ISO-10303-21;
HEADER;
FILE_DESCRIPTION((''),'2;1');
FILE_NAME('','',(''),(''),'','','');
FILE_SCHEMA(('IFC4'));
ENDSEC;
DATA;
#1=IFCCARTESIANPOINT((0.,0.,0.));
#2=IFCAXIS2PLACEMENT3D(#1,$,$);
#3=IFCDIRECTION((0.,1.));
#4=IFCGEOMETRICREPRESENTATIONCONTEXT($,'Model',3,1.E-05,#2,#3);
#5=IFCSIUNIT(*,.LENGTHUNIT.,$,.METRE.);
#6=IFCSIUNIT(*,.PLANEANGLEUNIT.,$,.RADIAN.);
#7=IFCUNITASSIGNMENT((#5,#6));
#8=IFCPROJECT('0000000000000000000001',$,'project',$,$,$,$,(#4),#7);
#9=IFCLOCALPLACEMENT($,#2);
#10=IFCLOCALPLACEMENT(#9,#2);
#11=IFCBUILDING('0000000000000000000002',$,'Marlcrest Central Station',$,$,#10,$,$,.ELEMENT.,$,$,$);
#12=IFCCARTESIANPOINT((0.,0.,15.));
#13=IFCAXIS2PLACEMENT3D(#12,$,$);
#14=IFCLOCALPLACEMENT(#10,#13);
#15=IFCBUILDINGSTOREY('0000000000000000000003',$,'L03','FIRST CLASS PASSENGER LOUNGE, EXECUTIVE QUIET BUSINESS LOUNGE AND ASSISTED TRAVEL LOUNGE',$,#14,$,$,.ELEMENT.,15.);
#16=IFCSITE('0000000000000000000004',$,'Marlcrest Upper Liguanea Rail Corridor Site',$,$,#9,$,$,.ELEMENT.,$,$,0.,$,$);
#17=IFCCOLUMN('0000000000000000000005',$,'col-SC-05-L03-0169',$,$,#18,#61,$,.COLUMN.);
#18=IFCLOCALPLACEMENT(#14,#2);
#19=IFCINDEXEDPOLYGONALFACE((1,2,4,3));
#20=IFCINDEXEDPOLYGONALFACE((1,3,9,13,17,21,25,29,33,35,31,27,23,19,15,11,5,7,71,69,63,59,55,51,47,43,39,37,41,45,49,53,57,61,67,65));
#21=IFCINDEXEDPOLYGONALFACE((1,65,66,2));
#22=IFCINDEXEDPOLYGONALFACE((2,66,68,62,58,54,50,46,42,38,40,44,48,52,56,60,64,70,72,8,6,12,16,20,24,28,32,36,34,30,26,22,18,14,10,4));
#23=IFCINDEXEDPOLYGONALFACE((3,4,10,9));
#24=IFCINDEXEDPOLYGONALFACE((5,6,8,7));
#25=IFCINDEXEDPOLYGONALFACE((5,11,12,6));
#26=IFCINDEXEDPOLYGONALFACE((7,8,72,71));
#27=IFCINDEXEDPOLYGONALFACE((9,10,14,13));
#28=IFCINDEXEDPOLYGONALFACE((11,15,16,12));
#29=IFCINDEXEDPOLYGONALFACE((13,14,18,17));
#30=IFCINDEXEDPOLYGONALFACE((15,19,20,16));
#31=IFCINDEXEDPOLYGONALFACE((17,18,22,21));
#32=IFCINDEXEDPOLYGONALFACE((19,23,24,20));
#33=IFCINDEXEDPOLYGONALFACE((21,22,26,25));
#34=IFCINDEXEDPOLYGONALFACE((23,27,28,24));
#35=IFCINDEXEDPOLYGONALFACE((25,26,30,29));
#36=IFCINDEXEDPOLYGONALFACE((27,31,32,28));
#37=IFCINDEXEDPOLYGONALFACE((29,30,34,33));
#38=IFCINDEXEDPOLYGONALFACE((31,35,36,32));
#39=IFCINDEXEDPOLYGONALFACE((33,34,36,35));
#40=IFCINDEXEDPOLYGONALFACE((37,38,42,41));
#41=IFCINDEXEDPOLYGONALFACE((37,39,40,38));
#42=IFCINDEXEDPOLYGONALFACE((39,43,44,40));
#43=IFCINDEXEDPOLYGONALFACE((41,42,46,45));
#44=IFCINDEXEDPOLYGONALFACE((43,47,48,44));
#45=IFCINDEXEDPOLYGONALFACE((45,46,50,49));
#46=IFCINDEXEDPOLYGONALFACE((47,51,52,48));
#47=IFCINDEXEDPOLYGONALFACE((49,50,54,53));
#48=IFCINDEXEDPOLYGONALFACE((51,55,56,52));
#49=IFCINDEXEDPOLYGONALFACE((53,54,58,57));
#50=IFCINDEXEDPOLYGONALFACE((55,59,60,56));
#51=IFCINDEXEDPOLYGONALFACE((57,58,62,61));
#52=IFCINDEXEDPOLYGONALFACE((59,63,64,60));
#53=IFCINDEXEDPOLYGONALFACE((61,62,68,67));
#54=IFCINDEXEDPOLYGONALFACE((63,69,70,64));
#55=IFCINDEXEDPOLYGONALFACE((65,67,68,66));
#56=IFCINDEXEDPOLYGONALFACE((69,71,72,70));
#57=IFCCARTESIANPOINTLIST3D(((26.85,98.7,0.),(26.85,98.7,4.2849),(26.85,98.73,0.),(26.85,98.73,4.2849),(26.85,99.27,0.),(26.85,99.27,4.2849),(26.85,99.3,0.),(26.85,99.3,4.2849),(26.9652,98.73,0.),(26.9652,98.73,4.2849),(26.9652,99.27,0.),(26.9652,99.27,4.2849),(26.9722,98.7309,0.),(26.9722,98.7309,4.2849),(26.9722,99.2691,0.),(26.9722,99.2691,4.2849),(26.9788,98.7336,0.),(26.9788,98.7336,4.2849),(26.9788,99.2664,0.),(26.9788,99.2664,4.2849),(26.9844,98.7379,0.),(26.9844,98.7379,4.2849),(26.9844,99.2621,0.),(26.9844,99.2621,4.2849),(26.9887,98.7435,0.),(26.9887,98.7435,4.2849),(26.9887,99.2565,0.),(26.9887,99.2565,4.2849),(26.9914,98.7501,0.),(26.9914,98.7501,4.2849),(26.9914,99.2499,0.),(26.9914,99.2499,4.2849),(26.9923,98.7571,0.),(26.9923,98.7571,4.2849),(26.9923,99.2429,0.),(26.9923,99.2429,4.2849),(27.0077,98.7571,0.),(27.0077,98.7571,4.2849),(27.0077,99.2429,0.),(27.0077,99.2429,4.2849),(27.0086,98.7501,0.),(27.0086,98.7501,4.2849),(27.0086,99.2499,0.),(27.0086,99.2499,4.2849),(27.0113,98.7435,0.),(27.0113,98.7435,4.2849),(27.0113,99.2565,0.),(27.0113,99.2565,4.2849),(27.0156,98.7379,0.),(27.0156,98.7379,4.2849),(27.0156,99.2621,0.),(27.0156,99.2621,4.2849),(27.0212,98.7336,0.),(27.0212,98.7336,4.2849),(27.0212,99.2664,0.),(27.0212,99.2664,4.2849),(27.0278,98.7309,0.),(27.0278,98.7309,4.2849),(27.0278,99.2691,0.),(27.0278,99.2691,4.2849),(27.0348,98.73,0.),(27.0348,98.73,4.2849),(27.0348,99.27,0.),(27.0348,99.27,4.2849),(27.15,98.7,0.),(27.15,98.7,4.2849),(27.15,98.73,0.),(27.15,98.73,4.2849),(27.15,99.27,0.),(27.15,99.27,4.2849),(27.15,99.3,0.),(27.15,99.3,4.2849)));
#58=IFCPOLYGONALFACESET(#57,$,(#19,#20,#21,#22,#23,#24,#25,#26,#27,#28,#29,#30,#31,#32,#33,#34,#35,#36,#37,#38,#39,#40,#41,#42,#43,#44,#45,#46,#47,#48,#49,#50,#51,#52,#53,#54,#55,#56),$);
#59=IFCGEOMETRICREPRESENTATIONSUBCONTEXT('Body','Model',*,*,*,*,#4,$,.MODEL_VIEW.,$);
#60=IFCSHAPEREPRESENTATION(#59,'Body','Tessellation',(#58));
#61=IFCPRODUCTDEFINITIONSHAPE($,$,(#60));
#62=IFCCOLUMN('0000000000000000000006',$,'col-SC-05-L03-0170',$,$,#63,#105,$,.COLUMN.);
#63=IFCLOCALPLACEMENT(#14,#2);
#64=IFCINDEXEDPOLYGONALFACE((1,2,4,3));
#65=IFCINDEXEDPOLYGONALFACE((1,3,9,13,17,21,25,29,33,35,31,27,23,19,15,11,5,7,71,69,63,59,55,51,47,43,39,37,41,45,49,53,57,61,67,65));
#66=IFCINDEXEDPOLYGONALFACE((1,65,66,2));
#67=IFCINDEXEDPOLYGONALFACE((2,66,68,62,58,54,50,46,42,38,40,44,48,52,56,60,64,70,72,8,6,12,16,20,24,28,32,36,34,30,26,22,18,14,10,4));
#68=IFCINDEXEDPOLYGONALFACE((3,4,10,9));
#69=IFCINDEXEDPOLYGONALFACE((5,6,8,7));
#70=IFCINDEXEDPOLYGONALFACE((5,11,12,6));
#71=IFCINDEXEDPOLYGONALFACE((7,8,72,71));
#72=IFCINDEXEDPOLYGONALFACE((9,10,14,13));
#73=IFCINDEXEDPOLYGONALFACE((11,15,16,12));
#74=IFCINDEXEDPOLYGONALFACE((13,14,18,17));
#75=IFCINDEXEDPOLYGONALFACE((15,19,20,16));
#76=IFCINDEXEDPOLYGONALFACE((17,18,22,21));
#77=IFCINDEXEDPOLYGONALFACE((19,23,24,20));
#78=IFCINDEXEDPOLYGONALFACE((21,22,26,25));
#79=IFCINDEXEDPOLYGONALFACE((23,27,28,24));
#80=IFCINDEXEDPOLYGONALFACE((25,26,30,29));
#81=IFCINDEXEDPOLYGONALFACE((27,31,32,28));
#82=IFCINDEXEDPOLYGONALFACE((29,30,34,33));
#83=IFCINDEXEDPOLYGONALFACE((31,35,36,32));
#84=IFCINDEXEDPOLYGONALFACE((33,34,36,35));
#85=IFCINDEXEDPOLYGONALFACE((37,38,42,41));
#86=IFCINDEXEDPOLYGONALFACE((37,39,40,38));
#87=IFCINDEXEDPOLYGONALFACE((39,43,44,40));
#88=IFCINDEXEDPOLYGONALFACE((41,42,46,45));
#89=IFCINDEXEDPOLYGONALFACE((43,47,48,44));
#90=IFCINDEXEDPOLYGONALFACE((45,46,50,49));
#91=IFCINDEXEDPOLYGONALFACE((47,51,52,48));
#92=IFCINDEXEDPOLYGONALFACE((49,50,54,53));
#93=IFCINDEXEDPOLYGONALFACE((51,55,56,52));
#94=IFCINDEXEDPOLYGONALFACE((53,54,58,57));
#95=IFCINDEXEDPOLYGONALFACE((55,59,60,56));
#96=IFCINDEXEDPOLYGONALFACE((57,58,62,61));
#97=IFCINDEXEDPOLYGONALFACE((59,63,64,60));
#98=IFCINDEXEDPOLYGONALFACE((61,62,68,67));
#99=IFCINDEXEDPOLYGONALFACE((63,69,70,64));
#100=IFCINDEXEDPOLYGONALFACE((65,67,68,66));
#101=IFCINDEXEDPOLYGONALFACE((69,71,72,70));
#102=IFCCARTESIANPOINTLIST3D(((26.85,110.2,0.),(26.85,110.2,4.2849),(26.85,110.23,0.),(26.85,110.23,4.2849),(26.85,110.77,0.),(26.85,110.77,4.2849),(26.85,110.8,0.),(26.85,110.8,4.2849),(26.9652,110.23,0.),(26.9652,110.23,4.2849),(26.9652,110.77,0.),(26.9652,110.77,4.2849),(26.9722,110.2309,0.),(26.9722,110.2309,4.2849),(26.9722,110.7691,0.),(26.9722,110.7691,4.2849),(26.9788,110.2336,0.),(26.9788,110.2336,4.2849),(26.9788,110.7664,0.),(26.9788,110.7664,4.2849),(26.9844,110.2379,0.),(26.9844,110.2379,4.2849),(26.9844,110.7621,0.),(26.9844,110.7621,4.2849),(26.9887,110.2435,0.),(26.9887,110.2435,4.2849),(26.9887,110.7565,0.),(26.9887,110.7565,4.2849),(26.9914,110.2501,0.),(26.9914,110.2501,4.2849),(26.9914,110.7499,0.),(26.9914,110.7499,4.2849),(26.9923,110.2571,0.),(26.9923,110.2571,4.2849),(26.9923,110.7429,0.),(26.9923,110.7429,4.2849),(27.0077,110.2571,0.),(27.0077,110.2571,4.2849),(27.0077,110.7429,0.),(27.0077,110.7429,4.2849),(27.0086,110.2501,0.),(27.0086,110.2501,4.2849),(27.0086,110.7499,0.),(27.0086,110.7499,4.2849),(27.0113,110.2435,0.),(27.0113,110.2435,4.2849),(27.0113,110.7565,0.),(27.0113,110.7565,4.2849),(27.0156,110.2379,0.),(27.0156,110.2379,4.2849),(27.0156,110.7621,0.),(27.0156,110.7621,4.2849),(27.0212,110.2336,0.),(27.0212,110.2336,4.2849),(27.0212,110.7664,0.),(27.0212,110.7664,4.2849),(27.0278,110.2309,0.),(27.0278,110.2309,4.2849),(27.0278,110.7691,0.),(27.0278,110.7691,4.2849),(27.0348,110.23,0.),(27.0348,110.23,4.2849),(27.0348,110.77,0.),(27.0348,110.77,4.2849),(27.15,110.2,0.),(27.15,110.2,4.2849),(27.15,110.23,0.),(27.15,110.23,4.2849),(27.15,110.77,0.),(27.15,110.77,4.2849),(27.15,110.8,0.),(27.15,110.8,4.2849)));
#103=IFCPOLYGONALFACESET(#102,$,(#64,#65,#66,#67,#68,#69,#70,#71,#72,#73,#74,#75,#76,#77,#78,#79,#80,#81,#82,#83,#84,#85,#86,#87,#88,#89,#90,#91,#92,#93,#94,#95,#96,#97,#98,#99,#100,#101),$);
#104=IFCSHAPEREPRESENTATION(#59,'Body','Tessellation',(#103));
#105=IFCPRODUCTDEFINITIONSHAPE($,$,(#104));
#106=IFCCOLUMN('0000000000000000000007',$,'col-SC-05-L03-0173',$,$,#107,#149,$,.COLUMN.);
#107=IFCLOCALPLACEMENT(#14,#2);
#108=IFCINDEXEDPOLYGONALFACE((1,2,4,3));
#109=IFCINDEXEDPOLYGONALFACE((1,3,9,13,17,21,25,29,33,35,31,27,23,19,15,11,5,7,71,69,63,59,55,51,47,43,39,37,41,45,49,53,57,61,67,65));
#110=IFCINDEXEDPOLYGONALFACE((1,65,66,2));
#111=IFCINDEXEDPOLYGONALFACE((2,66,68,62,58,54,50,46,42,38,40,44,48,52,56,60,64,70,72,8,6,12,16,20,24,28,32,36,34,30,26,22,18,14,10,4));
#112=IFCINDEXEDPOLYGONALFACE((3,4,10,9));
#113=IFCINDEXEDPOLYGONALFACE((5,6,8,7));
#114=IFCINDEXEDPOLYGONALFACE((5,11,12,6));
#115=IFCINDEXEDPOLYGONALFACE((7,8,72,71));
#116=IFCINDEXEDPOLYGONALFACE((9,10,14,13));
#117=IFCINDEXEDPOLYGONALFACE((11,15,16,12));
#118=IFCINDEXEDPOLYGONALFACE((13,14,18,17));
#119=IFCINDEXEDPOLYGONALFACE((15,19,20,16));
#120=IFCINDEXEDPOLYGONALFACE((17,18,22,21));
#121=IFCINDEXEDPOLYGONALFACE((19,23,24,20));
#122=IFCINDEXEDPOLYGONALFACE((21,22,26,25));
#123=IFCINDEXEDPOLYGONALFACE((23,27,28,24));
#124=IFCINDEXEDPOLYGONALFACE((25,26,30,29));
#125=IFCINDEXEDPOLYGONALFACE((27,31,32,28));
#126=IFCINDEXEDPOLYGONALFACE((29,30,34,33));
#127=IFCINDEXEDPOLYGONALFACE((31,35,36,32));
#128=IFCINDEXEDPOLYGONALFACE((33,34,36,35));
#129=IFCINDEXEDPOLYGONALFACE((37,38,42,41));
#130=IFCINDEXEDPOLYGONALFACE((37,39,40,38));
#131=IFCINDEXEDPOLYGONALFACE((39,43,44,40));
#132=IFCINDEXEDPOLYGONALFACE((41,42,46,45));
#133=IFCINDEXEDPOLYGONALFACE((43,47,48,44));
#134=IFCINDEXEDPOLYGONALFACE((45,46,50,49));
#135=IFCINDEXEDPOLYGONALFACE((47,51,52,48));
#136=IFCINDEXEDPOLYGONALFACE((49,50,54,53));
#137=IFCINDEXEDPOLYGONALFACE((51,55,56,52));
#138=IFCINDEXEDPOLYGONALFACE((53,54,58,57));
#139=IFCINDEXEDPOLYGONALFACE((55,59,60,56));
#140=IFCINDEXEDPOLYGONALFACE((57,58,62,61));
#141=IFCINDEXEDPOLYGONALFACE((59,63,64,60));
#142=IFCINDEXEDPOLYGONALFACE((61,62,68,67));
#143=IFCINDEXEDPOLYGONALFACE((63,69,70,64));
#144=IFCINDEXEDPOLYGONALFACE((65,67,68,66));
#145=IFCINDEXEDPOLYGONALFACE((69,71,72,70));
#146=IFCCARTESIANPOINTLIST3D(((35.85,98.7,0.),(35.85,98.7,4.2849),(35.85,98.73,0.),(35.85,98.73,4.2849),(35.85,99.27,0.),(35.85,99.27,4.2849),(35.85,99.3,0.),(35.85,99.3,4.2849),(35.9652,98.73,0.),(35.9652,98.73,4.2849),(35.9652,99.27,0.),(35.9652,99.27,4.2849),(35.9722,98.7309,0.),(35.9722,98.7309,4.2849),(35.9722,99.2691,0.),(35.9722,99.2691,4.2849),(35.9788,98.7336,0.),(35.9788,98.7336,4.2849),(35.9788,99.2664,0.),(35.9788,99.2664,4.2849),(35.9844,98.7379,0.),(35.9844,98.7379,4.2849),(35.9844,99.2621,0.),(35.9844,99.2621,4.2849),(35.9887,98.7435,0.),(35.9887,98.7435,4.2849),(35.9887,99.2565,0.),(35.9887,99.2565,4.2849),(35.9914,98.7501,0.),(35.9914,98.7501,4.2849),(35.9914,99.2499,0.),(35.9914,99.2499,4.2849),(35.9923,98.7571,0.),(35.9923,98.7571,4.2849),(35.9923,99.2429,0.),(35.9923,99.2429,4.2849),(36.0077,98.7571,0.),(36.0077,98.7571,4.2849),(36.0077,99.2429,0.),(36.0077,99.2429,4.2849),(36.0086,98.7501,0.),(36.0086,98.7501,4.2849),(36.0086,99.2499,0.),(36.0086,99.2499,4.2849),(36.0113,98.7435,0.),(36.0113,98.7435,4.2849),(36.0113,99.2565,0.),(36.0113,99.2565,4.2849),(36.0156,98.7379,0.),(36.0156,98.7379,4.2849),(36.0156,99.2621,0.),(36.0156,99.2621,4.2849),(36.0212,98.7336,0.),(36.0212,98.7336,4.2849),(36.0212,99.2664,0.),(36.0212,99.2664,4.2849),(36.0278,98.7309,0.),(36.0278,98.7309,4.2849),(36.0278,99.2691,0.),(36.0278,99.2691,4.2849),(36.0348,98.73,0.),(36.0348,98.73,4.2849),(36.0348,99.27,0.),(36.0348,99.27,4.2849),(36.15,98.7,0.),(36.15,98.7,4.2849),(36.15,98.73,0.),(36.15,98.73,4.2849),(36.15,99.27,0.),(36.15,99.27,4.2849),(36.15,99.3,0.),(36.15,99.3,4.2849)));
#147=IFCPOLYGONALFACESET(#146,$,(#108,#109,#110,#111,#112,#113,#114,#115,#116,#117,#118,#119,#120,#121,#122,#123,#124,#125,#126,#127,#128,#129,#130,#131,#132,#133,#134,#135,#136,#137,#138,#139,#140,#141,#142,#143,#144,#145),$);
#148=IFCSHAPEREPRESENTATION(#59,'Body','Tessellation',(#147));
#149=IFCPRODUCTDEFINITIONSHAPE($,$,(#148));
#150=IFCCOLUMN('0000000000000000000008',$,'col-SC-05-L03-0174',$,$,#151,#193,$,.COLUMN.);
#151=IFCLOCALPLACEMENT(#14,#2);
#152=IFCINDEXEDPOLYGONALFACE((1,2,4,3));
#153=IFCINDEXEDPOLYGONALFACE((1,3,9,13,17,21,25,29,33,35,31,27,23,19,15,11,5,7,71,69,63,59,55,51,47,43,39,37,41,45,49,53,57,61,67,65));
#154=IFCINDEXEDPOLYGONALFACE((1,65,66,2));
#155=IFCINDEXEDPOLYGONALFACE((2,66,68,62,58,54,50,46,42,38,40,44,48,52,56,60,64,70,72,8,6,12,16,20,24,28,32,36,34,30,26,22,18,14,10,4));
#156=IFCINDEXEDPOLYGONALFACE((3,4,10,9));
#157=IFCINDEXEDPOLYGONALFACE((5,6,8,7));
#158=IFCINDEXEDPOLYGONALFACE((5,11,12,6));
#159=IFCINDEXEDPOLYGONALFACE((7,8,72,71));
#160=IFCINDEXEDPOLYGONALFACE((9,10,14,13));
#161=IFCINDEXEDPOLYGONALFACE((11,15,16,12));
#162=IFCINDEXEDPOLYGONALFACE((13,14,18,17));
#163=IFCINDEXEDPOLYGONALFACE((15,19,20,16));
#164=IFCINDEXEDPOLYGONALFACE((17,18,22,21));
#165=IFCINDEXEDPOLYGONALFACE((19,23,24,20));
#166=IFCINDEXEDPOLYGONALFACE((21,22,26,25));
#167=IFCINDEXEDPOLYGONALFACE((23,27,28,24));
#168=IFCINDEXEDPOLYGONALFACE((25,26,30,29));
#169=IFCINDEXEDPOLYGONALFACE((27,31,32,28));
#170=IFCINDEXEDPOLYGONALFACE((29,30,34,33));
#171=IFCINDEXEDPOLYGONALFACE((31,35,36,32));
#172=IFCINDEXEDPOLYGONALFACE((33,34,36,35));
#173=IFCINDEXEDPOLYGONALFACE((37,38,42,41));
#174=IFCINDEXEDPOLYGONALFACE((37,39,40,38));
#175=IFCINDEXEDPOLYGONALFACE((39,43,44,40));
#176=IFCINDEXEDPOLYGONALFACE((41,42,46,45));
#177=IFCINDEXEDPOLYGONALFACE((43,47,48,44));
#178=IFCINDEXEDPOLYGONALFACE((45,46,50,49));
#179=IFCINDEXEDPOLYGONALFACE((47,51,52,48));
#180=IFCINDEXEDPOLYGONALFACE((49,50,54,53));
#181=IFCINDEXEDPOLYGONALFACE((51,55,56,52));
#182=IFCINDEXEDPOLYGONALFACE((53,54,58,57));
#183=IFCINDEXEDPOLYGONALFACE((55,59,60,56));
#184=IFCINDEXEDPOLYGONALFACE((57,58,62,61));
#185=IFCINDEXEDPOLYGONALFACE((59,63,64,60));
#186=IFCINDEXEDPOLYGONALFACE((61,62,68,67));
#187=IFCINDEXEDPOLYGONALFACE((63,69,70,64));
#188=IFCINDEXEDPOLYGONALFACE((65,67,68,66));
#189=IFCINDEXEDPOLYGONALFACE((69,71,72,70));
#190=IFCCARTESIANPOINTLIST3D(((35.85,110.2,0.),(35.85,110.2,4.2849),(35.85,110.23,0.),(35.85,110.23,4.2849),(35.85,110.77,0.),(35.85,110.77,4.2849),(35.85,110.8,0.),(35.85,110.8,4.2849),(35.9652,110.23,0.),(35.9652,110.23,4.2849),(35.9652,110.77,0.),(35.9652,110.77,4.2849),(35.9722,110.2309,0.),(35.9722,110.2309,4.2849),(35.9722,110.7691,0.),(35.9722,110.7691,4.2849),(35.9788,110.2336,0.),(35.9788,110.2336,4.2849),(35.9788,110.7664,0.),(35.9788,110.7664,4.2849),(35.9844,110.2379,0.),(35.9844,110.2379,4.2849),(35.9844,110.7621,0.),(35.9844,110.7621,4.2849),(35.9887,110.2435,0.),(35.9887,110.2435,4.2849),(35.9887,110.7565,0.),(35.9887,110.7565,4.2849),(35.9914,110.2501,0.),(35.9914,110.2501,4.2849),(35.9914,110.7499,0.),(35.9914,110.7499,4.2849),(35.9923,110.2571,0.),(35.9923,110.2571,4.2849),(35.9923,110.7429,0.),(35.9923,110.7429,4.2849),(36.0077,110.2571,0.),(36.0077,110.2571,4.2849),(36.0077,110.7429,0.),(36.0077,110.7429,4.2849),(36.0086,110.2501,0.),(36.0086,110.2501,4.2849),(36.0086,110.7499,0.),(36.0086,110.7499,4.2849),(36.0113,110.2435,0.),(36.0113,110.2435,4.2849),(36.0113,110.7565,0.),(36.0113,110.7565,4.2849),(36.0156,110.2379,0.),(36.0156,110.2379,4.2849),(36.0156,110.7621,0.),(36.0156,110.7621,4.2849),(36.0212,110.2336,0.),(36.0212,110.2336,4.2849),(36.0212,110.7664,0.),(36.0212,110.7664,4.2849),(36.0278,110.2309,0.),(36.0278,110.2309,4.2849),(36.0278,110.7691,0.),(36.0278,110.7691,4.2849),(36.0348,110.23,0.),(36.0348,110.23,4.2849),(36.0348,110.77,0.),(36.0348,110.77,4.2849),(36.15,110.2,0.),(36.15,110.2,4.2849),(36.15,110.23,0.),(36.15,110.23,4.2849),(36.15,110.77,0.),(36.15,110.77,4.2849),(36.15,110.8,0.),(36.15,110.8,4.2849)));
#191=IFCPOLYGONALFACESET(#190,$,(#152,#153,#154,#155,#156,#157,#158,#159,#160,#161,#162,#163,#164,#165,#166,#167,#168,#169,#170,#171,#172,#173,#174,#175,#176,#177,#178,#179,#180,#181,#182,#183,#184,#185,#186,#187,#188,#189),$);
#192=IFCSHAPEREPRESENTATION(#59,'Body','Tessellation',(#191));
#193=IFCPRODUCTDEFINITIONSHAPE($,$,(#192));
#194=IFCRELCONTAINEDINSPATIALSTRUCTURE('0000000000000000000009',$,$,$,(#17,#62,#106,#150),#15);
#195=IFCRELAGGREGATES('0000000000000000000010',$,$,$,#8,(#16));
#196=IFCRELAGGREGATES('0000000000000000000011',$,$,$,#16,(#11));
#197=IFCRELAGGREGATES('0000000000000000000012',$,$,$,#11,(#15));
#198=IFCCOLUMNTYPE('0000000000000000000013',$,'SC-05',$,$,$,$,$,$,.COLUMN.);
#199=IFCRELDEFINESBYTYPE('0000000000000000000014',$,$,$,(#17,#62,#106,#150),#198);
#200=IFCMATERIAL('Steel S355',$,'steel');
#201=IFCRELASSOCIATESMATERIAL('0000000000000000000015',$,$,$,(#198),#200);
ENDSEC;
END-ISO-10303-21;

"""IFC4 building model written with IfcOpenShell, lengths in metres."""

from ifc_helpers import new_model, si_unit, direction, frame, origin, origin_2d, place, context, subcontext, project, spatial, i_section, extrude, material, material_profile, profile_set, type_object, element, save


model = new_model("IFC4")

# Units and contexts
model_context = context("Model", 3, precision=1e-05, world=origin(), true_north=direction((0.0, 1.0)))
body_context = subcontext(model_context, "Body", "Model", "MODEL_VIEW")
ifc_project = project(units=[si_unit("LENGTHUNIT", "METRE"), si_unit("PLANEANGLEUNIT", "RADIAN")], contexts=[model_context])

# Site, building, storey
site_placement = place(None, origin())
site = spatial("IfcSite", under=ifc_project, at=site_placement, Name="Marlcrest Upper Liguanea Rail Corridor Site", CompositionType="ELEMENT", RefElevation=0.0)
building_placement = place(site_placement, origin())
building = spatial("IfcBuilding", under=site, at=building_placement, Name="Marlcrest Central Station", CompositionType="ELEMENT")
storey_placement = place(building_placement, frame((0.0, 0.0, 15.0)))
storey = spatial("IfcBuildingStorey", under=building, at=storey_placement, Name="L03", Description="FIRST CLASS PASSENGER LOUNGE, EXECUTIVE QUIET BUSINESS LOUNGE AND ASSISTED TRAVEL LOUNGE", CompositionType="ELEMENT", Elevation=15.0)

# Columns
ifc_material_1 = material(Name="Steel S355", Category="steel")
ifc_material_profile_1 = material_profile(ifc_material_1, i_section(OverallWidth=0.3, OverallDepth=0.6001, WebThickness=0.0154, FlangeThickness=0.03, FilletRadius=0.0271, at=origin_2d()), Name="HEB 600")
ifc_profile_set_1 = profile_set([ifc_material_profile_1], Name="Steel S355")
column_type = type_object("IfcColumnType", Name="SC-05", PredefinedType="COLUMN", material=ifc_profile_set_1)
for number, where, z_axis, x_axis, name in (
    (1, (27.0, 99.0, 0.0), (0.0, 0.0, 1.0), (1.0, 0.0, 0.0), "col-SC-05-L03-0169"),
    (2, (27.0, 110.5, 0.0), (0.0, 0.0, 1.0), (1.0, 0.0, 0.0), "col-SC-05-L03-0170"),
    (3, (36.0, 99.0, 0.0), (0.0, 0.0, 1.0), (1.0, 0.0, 0.0), "col-SC-05-L03-0173"),
    (4, (36.0, 110.5, 0.0), (0.0, 0.0, 1.0), (1.0, 0.0, 0.0), "col-SC-05-L03-0174"),
):
    element("IfcColumn", number, at=place(storey_placement, frame(where, z_axis=z_axis, x_axis=x_axis)), inside=storey, type_object=column_type, Name=name, PredefinedType="COLUMN", context=body_context, shape_type="SweptSolid", body=[
        extrude(i_section(OverallWidth=0.3, OverallDepth=0.6001, WebThickness=0.0154, FlangeThickness=0.03, FilletRadius=0.0271, at=origin_2d()), origin(), (0.0, 0.0, 1.0), 4.2849),
    ])

save(model, "model.ifc")
